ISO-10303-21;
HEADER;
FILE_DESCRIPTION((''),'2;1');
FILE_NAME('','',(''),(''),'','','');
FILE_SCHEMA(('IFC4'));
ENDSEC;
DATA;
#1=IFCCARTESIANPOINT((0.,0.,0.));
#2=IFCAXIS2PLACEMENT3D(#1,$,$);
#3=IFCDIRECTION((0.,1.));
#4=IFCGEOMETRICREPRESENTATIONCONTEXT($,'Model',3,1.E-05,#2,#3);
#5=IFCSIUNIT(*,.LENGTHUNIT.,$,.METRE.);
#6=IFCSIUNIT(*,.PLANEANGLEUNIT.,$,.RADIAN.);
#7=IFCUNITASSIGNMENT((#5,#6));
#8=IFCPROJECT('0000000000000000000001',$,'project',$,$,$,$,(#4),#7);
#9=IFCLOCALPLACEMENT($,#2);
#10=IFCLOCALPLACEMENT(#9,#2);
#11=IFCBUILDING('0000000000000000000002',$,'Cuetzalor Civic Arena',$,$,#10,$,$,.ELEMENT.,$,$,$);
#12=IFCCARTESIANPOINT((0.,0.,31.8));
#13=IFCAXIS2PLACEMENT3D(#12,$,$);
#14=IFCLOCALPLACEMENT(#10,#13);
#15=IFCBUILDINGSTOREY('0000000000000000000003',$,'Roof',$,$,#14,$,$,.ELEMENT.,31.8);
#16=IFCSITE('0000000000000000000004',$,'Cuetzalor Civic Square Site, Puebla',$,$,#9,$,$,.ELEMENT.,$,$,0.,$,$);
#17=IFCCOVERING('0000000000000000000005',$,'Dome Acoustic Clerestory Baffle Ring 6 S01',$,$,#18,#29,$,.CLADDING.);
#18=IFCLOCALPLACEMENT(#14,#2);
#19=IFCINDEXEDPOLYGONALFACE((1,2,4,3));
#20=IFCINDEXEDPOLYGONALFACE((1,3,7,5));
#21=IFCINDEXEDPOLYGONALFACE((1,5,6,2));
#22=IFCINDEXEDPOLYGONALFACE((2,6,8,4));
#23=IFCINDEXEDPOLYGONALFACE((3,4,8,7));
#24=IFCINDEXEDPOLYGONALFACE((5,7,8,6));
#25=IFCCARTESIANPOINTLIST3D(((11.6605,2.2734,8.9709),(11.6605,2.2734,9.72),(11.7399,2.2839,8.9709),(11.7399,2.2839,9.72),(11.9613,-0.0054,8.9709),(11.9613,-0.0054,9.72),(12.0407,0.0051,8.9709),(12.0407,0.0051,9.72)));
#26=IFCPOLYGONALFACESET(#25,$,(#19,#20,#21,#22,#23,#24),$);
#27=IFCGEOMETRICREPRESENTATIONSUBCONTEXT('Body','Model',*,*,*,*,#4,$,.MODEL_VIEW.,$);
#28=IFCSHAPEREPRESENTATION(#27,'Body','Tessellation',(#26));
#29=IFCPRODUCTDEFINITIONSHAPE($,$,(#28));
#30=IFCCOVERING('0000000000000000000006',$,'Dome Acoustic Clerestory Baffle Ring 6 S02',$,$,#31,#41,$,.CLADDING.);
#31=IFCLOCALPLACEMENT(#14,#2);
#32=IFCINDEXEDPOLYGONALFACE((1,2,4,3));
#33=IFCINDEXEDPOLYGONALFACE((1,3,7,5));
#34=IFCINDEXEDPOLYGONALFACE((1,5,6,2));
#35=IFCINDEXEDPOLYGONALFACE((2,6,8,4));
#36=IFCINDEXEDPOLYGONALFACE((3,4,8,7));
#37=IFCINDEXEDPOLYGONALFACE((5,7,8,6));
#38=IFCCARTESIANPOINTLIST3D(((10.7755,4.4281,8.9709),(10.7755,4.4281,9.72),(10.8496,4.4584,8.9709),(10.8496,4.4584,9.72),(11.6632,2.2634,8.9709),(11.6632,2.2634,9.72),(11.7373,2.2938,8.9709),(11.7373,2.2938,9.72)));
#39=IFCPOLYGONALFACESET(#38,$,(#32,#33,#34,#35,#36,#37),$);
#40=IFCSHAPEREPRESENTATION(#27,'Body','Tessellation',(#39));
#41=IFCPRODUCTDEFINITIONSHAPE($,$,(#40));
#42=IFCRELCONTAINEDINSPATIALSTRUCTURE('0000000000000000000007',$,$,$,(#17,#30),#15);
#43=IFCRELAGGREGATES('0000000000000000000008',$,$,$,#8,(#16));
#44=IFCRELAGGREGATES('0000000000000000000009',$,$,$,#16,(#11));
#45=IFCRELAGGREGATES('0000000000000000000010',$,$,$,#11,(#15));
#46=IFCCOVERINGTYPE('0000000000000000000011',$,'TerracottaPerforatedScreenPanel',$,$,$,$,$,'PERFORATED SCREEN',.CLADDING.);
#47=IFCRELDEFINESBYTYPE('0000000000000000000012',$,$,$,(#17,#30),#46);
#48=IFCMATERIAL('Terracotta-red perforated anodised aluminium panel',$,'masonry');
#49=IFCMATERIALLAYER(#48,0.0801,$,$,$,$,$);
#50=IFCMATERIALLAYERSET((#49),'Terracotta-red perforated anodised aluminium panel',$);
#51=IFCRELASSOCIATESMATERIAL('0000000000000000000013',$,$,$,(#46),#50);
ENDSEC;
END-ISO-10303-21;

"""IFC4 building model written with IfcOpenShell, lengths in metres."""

from ifc_helpers import new_model, si_unit, direction, frame, frame_2d, origin, place, context, subcontext, project, spatial, rectangle, extrude, material, layer, layer_set, type_object, element, save


model = new_model("IFC4")

# Units and contexts
model_context = context("Model", 3, precision=1e-05, world=origin(), true_north=direction((0.0, 1.0)))
body_context = subcontext(model_context, "Body", "Model", "MODEL_VIEW")
ifc_project = project(units=[si_unit("LENGTHUNIT", "METRE"), si_unit("PLANEANGLEUNIT", "RADIAN")], contexts=[model_context])

# Site, building, storey
site_placement = place(None, origin())
site = spatial("IfcSite", under=ifc_project, at=site_placement, Name="Cuetzalor Civic Square Site, Puebla", CompositionType="ELEMENT", RefElevation=0.0)
building_placement = place(site_placement, origin())
building = spatial("IfcBuilding", under=site, at=building_placement, Name="Cuetzalor Civic Arena", CompositionType="ELEMENT")
storey_placement = place(building_placement, frame((0.0, 0.0, 31.8)))
storey = spatial("IfcBuildingStorey", under=building, at=storey_placement, Name="Roof", CompositionType="ELEMENT", Elevation=31.8)

# Coverings
ifc_material_1 = material(Name="Terracotta-red perforated anodised aluminium panel", Category="masonry")
ifc_layer_1 = layer(ifc_material_1, 0.0801)
ifc_layer_set_1 = layer_set([ifc_layer_1], Name="Terracotta-red perforated anodised aluminium panel")
covering_type = type_object("IfcCoveringType", Name="TerracottaPerforatedScreenPanel", ElementType="PERFORATED SCREEN", PredefinedType="CLADDING", material=ifc_layer_set_1)
covering_1_placement = place(storey_placement, frame((11.7002, 2.2788, 8.9709), z_axis=(0.0, 0.0, 1.0), x_axis=(0.130856, -0.991401, 0.0)))
element("IfcCovering", 1, at=covering_1_placement, inside=storey, type_object=covering_type, Name="Dome Acoustic Clerestory Baffle Ring 6 S01", PredefinedType="CLADDING", context=body_context, shape_type="SweptSolid", body=[
    extrude(rectangle(XDim=2.2986, YDim=0.0801, at=frame_2d((1.1494, 0.0))), origin(), (0.0, 0.0, 1.0), 0.749),
])
covering_2_placement = place(storey_placement, frame((10.8125, 4.4434, 8.9709), z_axis=(0.0, 0.0, 1.0), x_axis=(0.379437, -0.925217, 0.0)))
element("IfcCovering", 2, at=covering_2_placement, inside=storey, type_object=covering_type, Name="Dome Acoustic Clerestory Baffle Ring 6 S02", PredefinedType="CLADDING", context=body_context, shape_type="SweptSolid", body=[
    extrude(rectangle(XDim=2.3396, YDim=0.0801, at=frame_2d((1.1699, 0.0))), origin(), (0.0, 0.0, 1.0), 0.749),
])

save(model, "model.ifc")
